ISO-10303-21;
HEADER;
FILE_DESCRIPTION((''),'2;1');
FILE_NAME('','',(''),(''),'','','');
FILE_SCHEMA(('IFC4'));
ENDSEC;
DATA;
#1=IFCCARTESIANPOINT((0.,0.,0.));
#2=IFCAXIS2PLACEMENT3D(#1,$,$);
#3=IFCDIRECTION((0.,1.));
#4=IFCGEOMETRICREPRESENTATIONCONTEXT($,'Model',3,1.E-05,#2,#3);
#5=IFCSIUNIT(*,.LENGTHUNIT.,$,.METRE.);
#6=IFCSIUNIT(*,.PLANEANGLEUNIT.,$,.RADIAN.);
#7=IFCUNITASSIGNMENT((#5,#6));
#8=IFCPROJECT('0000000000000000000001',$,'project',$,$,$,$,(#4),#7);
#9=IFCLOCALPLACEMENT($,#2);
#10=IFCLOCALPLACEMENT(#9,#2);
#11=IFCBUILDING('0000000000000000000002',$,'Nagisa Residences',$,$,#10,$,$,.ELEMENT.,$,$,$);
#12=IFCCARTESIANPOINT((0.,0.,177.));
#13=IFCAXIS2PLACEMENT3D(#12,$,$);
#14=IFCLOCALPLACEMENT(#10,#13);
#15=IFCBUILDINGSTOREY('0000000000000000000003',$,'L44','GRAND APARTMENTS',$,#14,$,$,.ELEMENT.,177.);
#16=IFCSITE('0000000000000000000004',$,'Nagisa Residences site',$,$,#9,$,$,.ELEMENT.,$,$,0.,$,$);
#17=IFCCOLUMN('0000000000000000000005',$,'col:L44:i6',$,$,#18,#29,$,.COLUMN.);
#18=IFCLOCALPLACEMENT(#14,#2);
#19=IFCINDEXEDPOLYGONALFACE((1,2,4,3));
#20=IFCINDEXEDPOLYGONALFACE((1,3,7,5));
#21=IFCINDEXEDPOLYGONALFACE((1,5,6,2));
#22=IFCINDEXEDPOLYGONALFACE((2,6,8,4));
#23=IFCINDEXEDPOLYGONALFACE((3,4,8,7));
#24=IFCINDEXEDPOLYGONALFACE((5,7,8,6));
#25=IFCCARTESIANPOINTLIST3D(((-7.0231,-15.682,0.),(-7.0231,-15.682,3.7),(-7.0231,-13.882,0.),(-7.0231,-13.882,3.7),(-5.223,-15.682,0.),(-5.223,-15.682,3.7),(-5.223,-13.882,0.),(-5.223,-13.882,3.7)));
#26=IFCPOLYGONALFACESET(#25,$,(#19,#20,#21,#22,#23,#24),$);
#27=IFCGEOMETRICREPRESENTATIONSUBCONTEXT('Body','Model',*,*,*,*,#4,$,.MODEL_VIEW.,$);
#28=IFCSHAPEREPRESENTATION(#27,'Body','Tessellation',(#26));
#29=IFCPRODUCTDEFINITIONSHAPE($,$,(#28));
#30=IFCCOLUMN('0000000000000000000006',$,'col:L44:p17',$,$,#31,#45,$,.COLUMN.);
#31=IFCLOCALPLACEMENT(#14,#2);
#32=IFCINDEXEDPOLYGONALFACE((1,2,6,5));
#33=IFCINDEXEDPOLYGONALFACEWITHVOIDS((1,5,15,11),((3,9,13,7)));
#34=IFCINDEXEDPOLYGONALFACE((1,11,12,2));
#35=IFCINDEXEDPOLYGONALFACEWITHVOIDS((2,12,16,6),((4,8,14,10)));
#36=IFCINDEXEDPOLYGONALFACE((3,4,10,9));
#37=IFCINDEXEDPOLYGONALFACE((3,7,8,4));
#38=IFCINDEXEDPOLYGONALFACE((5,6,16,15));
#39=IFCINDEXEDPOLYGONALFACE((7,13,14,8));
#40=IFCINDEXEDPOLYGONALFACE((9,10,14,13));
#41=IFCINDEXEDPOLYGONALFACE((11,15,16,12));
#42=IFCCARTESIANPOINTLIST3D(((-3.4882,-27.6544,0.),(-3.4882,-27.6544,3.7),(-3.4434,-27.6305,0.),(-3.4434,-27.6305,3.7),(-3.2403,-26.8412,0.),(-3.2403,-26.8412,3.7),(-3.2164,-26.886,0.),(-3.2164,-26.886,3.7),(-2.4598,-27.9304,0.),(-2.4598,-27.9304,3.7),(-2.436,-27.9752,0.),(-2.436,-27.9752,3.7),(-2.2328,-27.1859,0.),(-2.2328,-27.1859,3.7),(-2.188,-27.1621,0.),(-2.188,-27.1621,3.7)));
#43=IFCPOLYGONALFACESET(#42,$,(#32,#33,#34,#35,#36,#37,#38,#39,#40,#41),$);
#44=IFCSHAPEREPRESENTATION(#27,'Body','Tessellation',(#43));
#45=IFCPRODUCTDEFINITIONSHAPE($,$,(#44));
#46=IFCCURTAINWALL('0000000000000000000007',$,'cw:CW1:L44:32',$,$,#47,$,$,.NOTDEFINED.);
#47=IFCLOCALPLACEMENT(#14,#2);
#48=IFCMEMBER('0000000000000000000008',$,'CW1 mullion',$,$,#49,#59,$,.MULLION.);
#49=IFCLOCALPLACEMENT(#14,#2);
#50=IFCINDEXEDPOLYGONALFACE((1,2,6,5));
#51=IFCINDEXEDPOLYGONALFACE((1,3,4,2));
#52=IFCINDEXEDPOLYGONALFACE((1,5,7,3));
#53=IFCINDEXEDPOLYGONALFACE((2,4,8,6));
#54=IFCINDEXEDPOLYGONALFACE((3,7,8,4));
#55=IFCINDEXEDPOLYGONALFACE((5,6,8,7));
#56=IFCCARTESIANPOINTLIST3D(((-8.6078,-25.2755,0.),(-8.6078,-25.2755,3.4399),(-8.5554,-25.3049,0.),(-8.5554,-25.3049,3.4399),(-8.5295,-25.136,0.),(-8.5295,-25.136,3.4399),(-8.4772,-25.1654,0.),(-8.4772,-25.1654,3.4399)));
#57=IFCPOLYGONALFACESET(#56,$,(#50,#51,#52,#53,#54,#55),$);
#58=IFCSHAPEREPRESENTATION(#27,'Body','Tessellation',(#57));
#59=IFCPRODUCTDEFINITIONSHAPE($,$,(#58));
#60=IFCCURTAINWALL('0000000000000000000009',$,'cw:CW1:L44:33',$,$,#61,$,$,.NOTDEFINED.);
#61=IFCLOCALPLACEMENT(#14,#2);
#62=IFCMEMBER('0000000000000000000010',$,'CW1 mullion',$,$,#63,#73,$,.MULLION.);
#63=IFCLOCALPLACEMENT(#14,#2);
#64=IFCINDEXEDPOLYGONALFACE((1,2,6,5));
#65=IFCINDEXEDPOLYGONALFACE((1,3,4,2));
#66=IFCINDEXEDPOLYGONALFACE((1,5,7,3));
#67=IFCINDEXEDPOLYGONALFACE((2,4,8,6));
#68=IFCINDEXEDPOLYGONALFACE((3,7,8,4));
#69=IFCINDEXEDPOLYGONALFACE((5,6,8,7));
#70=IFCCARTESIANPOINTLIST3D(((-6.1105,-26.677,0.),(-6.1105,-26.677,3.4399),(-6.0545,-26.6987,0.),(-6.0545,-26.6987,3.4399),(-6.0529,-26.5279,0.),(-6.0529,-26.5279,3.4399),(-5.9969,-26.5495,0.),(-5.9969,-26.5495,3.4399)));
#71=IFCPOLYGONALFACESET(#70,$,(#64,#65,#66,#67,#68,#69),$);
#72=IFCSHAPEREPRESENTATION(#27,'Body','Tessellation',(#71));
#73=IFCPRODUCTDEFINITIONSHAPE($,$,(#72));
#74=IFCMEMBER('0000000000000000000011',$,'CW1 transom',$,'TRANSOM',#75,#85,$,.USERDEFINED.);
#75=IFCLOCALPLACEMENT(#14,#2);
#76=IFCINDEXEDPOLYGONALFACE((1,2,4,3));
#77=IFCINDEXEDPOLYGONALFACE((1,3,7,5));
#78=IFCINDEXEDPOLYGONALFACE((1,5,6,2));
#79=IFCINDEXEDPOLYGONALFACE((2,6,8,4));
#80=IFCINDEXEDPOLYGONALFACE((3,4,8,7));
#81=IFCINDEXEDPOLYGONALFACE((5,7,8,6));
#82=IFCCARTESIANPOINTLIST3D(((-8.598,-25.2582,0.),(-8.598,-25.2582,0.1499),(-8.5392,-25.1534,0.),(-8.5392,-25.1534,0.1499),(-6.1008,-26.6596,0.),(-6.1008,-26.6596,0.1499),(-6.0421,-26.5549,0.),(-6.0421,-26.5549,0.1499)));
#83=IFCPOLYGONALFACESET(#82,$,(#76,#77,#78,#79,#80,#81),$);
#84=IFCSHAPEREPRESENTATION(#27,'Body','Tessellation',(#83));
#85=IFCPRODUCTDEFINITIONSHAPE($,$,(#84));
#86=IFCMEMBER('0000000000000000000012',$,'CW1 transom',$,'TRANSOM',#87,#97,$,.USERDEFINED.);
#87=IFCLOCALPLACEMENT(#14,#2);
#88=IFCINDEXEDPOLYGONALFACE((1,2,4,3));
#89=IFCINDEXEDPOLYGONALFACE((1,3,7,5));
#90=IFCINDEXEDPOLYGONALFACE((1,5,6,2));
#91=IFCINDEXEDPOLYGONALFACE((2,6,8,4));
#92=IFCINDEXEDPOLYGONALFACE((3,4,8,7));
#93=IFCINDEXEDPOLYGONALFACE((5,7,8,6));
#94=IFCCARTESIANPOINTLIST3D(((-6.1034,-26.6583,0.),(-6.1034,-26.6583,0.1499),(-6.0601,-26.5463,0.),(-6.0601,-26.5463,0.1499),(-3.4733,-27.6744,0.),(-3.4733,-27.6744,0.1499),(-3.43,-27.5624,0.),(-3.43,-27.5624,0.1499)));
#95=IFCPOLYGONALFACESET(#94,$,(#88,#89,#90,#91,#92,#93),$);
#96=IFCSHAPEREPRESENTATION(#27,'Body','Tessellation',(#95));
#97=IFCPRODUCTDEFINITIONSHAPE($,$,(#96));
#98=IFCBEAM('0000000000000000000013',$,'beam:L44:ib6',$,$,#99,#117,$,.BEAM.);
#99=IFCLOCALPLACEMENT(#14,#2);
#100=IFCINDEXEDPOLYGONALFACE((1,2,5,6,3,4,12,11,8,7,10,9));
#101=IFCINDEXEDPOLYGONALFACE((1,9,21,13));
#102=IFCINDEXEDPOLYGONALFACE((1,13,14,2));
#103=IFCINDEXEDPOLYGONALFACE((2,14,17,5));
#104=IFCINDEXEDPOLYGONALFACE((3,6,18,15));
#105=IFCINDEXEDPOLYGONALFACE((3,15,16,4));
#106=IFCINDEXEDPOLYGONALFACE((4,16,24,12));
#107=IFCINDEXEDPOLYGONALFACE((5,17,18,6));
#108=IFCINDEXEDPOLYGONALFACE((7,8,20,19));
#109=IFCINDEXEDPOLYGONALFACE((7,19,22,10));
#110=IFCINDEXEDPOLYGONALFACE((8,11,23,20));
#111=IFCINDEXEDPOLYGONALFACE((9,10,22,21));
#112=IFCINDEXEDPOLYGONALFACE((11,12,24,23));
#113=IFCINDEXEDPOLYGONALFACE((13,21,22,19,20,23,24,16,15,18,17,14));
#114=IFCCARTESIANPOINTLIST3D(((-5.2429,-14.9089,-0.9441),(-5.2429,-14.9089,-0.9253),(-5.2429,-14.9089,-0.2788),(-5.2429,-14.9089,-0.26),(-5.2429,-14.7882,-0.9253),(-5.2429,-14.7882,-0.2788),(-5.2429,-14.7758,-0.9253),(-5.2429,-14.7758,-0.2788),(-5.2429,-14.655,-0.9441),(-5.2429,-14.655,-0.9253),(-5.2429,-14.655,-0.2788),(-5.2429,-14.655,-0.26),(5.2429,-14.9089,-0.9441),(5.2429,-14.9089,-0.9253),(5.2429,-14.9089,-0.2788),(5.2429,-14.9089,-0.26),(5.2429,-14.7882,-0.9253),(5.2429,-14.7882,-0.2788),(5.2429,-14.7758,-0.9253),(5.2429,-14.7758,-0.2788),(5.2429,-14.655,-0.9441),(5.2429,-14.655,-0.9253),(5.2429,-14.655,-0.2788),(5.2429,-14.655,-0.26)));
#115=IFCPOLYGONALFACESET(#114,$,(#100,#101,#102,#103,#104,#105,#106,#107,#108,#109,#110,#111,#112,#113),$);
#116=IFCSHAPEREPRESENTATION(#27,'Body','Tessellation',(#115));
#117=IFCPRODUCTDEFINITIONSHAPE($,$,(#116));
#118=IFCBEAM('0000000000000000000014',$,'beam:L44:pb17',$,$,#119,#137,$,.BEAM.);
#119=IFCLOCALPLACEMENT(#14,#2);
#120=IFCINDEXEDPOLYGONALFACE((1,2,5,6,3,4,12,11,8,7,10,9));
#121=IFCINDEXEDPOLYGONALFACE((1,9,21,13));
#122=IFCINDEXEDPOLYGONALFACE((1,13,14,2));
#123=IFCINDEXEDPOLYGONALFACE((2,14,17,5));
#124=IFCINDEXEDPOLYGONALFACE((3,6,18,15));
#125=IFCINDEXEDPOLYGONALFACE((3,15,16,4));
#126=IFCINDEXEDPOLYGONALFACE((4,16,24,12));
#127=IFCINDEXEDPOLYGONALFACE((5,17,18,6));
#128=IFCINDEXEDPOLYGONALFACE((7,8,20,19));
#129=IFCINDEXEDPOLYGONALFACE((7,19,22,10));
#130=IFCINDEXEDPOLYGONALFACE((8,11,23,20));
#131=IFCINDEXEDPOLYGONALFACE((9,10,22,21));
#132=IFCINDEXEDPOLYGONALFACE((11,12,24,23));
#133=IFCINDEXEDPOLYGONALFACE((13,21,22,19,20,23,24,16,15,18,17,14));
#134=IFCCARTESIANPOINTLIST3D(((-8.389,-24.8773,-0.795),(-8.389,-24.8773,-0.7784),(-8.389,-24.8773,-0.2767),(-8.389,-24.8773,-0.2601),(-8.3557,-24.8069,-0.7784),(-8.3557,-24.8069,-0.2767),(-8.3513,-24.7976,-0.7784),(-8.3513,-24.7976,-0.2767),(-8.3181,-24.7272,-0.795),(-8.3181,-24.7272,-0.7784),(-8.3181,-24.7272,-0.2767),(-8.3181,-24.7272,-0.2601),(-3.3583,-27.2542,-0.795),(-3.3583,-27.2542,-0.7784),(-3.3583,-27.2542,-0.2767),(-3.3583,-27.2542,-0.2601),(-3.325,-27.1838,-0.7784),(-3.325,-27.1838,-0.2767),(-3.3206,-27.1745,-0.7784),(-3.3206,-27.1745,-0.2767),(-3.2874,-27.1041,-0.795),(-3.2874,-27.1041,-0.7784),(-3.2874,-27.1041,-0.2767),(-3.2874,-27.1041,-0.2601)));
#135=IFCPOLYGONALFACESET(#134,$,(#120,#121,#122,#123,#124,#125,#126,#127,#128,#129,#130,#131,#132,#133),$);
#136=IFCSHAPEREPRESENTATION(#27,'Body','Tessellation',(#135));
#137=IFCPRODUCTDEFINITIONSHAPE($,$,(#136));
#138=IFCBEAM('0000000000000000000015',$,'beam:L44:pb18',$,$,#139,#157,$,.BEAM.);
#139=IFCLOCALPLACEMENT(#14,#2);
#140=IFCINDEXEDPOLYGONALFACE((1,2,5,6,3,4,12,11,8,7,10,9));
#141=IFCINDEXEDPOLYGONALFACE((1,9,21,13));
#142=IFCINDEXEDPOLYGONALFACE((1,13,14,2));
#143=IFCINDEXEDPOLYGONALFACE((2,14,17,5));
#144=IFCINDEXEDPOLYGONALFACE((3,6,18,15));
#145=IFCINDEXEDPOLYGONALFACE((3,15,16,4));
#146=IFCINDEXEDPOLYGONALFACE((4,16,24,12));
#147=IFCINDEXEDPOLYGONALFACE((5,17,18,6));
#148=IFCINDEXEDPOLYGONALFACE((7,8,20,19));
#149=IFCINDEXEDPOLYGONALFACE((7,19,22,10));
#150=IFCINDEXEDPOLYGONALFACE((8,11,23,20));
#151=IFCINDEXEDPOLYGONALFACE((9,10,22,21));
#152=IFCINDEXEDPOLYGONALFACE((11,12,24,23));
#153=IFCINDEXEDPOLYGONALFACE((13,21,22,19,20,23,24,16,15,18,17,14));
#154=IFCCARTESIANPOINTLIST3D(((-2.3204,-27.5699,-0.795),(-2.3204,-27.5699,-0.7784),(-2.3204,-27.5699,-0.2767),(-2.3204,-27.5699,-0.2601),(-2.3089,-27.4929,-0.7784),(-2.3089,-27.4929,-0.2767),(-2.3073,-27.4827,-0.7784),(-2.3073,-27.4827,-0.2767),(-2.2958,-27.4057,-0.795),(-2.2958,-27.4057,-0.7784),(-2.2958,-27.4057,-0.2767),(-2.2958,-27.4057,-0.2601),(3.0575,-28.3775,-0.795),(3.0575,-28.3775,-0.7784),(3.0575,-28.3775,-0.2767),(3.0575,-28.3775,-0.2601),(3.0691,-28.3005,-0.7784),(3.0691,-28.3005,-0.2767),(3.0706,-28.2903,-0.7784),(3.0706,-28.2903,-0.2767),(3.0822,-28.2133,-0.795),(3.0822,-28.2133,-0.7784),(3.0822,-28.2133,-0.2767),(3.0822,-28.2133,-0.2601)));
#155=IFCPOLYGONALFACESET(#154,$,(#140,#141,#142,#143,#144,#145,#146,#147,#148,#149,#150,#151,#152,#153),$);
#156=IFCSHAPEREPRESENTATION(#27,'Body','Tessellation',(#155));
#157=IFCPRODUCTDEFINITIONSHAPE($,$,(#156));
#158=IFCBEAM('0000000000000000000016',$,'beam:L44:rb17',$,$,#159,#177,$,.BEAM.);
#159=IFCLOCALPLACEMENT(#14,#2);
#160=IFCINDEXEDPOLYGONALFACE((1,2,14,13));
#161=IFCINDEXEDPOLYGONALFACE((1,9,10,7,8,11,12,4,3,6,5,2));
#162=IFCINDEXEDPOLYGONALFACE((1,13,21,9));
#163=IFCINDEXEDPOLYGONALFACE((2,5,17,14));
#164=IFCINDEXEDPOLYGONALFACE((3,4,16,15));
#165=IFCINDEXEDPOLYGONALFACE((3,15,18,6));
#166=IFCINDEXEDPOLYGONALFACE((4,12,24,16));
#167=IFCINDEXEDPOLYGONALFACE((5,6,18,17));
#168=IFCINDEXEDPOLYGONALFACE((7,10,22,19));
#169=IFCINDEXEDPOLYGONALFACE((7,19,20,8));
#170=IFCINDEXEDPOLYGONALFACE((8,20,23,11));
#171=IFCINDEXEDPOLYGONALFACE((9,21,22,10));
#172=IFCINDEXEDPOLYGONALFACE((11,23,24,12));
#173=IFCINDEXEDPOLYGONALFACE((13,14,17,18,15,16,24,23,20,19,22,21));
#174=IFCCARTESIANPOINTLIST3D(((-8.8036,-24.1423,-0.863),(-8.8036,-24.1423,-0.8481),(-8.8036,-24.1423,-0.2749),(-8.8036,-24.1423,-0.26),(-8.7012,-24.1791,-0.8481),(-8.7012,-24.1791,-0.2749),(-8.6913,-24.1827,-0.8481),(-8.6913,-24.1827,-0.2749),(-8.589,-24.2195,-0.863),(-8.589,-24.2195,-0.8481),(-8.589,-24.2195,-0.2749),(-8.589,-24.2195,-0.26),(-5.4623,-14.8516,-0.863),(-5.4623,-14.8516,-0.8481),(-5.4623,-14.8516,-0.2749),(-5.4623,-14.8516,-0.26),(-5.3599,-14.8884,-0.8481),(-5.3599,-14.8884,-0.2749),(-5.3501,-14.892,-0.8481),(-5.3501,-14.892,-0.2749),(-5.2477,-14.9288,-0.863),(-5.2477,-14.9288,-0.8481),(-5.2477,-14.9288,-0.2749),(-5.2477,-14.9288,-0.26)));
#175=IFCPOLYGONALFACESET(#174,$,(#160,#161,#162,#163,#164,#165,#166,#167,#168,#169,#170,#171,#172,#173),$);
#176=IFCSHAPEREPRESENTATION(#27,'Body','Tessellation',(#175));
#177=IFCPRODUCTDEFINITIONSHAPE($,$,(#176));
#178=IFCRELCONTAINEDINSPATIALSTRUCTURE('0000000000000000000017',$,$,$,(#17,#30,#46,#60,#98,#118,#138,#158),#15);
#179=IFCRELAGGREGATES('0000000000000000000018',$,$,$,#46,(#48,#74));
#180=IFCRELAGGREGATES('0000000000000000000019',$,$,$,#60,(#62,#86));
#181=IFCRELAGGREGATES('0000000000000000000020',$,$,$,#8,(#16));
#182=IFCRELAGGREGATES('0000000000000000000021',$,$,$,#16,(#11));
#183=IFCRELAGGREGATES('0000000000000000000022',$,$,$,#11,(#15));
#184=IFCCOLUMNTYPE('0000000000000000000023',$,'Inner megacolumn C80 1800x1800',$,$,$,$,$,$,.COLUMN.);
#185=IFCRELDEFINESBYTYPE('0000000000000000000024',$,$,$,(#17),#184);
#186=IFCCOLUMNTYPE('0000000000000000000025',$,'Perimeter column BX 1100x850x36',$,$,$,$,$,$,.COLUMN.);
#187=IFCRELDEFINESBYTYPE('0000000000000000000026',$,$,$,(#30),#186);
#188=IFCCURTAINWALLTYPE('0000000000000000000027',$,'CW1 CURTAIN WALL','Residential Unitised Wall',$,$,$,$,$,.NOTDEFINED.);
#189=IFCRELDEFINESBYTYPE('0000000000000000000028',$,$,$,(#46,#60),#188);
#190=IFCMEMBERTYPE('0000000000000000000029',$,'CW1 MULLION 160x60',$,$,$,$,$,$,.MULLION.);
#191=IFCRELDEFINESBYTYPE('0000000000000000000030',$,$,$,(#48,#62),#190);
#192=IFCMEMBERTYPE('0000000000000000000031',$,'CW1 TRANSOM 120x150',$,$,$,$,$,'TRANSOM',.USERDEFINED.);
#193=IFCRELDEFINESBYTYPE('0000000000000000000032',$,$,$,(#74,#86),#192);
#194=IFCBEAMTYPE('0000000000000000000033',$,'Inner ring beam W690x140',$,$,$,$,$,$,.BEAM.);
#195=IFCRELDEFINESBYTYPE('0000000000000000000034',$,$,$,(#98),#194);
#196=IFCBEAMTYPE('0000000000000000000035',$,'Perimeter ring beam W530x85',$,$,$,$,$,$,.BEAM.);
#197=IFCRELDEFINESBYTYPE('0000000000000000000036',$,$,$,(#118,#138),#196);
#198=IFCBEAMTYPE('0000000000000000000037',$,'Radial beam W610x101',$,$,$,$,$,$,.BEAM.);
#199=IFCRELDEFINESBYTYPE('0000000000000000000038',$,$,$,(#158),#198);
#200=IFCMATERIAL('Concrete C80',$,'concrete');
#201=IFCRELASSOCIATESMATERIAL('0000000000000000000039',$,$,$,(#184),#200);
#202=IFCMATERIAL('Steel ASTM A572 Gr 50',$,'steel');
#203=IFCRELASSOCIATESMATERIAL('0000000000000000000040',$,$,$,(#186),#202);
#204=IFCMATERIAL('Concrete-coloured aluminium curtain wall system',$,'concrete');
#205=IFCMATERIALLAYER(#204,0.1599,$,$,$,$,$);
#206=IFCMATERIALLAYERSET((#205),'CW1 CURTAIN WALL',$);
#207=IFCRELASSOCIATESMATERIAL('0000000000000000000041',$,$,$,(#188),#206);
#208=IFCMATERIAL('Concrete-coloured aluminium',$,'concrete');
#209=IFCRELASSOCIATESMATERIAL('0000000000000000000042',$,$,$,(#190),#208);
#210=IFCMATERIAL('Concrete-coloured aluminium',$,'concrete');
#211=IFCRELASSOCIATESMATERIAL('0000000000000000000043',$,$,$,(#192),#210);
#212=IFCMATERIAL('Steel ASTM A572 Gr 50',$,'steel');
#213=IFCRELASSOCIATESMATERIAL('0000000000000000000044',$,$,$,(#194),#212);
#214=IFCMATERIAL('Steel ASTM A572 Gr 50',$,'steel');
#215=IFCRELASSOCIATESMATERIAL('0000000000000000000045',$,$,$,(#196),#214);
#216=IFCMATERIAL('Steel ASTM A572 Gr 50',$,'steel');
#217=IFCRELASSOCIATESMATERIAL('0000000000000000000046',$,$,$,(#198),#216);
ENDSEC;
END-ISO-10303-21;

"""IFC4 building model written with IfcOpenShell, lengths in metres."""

from ifc_helpers import new_model, si_unit, direction, frame, origin, origin_2d, place, context, subcontext, project, spatial, rectangle, hollow_rectangle, i_section, extrude, material, layer, layer_set, material_profile, profile_set, type_object, element, aggregate, save


model = new_model("IFC4")

# Units and contexts
model_context = context("Model", 3, precision=1e-05, world=origin(), true_north=direction((0.0, 1.0)))
body_context = subcontext(model_context, "Body", "Model", "MODEL_VIEW")
ifc_project = project(units=[si_unit("LENGTHUNIT", "METRE"), si_unit("PLANEANGLEUNIT", "RADIAN")], contexts=[model_context])

# Site, building, storey
site_placement = place(None, origin())
site = spatial("IfcSite", under=ifc_project, at=site_placement, Name="Nagisa Residences site", CompositionType="ELEMENT", RefElevation=0.0)
building_placement = place(site_placement, origin())
building = spatial("IfcBuilding", under=site, at=building_placement, Name="Nagisa Residences", CompositionType="ELEMENT")
storey_placement = place(building_placement, frame((0.0, 0.0, 177.0)))
storey = spatial("IfcBuildingStorey", under=building, at=storey_placement, Name="L44", Description="GRAND APARTMENTS", CompositionType="ELEMENT", Elevation=177.0)

# Columns
ifc_material_1 = material(Name="Concrete C80", Category="concrete")
ifc_material_profile_1 = material_profile(ifc_material_1, rectangle(XDim=1.8, YDim=1.8, at=origin_2d()), Name="C80 1800x1800")
ifc_profile_set_1 = profile_set([ifc_material_profile_1], Name="Concrete C80")
column_type_1 = type_object("IfcColumnType", Name="Inner megacolumn C80 1800x1800", PredefinedType="COLUMN", material=ifc_profile_set_1)
column_1_placement = place(storey_placement, frame((-6.123, -14.782, 0.0), z_axis=(0.0, 0.0, 1.0), x_axis=(1.0, 0.0, 0.0)))
element("IfcColumn", 1, at=column_1_placement, inside=storey, type_object=column_type_1, Name="col:L44:i6", PredefinedType="COLUMN", context=body_context, shape_type="SweptSolid", body=[
    extrude(rectangle(XDim=1.8, YDim=1.8, at=origin_2d()), origin(), (0.0, 0.0, 1.0), 3.7),
])
ifc_material_2 = material(Name="Steel ASTM A572 Gr 50", Category="steel")
ifc_material_profile_2 = material_profile(ifc_material_2, hollow_rectangle(XDim=1.1001, YDim=0.8501, WallThickness=0.0359, at=origin_2d()), Name="BX 1100x850x36")
ifc_profile_set_2 = profile_set([ifc_material_profile_2], Name="Steel ASTM A572 Gr 50")
column_type_2 = type_object("IfcColumnType", Name="Perimeter column BX 1100x850x36", PredefinedType="COLUMN", material=ifc_profile_set_2)
column_2_placement = place(storey_placement, frame((-2.8381, -27.4082, 0.0), z_axis=(0.0, 0.0, 1.0), x_axis=(0.956525, -0.291652, 0.0)))
element("IfcColumn", 2, at=column_2_placement, inside=storey, type_object=column_type_2, Name="col:L44:p17", PredefinedType="COLUMN", context=body_context, shape_type="SweptSolid", body=[
    extrude(hollow_rectangle(XDim=1.1001, YDim=0.8501, WallThickness=0.0359, at=origin_2d()), origin(), (0.0, 0.0, 1.0), 3.7),
])

# Curtain walls, members
ifc_material_3 = material(Name="Concrete-coloured aluminium curtain wall system", Category="concrete")
ifc_layer_1 = layer(ifc_material_3, 0.1599)
ifc_layer_set_1 = layer_set([ifc_layer_1], Name="CW1 CURTAIN WALL")
curtain_wall_type = type_object("IfcCurtainWallType", Name="CW1 CURTAIN WALL", Description="Residential Unitised Wall", PredefinedType="NOTDEFINED", material=ifc_layer_set_1)
curtain_wall_1_placement = place(storey_placement, origin())
curtain_wall_1 = element("IfcCurtainWall", 3, at=curtain_wall_1_placement, inside=storey, type_object=curtain_wall_type, Name="cw:CW1:L44:32", PredefinedType="NOTDEFINED")
ifc_material_4 = material(Name="Concrete-coloured aluminium", Category="concrete")
ifc_material_profile_3 = material_profile(ifc_material_4, rectangle(XDim=0.1599, YDim=0.0601, at=origin_2d()), Name="CW1 MULLION 160x60")
ifc_profile_set_3 = profile_set([ifc_material_profile_3], Name="Concrete-coloured aluminium")
member_type_1 = type_object("IfcMemberType", Name="CW1 MULLION 160x60", PredefinedType="MULLION", material=ifc_profile_set_3)
member_1_placement = place(storey_placement, frame((-8.5425, -25.2205, 0.0), z_axis=(0.0, 0.0, 1.0), x_axis=(0.489377, 0.872072, 0.0)))
member_1 = element("IfcMember", 4, at=member_1_placement, type_object=member_type_1, Name="CW1 mullion", PredefinedType="MULLION", context=body_context, shape_type="SweptSolid", body=[
    extrude(rectangle(XDim=0.1599, YDim=0.0601, at=origin_2d()), origin(), (0.0, 0.0, 1.0), 3.4399),
])
curtain_wall_2_placement = place(storey_placement, origin())
curtain_wall_2 = element("IfcCurtainWall", 5, at=curtain_wall_2_placement, inside=storey, type_object=curtain_wall_type, Name="cw:CW1:L44:33", PredefinedType="NOTDEFINED")
member_2_placement = place(storey_placement, frame((-6.0537, -26.6133, 0.0), z_axis=(0.0, 0.0, 1.0), x_axis=(0.360328, 0.932826, 0.0)))
member_2 = element("IfcMember", 6, at=member_2_placement, type_object=member_type_1, Name="CW1 mullion", PredefinedType="MULLION", context=body_context, shape_type="SweptSolid", body=[
    extrude(rectangle(XDim=0.1599, YDim=0.0601, at=origin_2d()), origin(), (0.0, 0.0, 1.0), 3.4399),
])

# Members
ifc_material_5 = material(Name="Concrete-coloured aluminium", Category="concrete")
ifc_material_profile_4 = material_profile(ifc_material_5, rectangle(XDim=0.1201, YDim=0.1499, at=origin_2d()), Name="CW1 TRANSOM 120x150")
ifc_profile_set_4 = profile_set([ifc_material_profile_4], Name="Concrete-coloured aluminium")
member_type_2 = type_object("IfcMemberType", Name="CW1 TRANSOM 120x150", ElementType="TRANSOM", PredefinedType="USERDEFINED", material=ifc_profile_set_4)
member_3_placement = place(storey_placement, frame((-8.5686, -25.2058, 0.075), z_axis=(0.872058, -0.489403, 0.0), x_axis=(0.489403, 0.872058, 0.0)))
member_3 = element("IfcMember", 7, at=member_3_placement, type_object=member_type_2, Name="CW1 transom", ObjectType="TRANSOM", PredefinedType="USERDEFINED", context=body_context, shape_type="SweptSolid", body=[
    extrude(rectangle(XDim=0.1201, YDim=0.1499, at=origin_2d()), origin(), (0.0, 0.0, 1.0), 2.8635),
])
member_4_placement = place(storey_placement, frame((-6.0818, -26.6023, 0.075), z_axis=(0.932807, -0.360377, 0.0), x_axis=(0.360377, 0.932807, 0.0)))
member_4 = element("IfcMember", 8, at=member_4_placement, type_object=member_type_2, Name="CW1 transom", ObjectType="TRANSOM", PredefinedType="USERDEFINED", context=body_context, shape_type="SweptSolid", body=[
    extrude(rectangle(XDim=0.1201, YDim=0.1499, at=origin_2d()), origin(), (0.0, 0.0, 1.0), 2.8196),
])

# Beams
ifc_material_6 = material(Name="Steel ASTM A572 Gr 50", Category="steel")
ifc_material_profile_5 = material_profile(ifc_material_6, i_section(OverallWidth=0.2539, OverallDepth=0.6841, WebThickness=0.0125, FlangeThickness=0.0188, at=origin_2d()), Name="W690x140")
ifc_profile_set_5 = profile_set([ifc_material_profile_5], Name="Steel ASTM A572 Gr 50")
beam_type_1 = type_object("IfcBeamType", Name="Inner ring beam W690x140", PredefinedType="BEAM", material=ifc_profile_set_5)
beam_1_placement = place(storey_placement, frame((-5.2429, -14.782, -0.6021), z_axis=(1.0, 0.0, 0.0), x_axis=(0.0, 1.0, 0.0)))
element("IfcBeam", 9, at=beam_1_placement, inside=storey, type_object=beam_type_1, Name="beam:L44:ib6", PredefinedType="BEAM", context=body_context, shape_type="SweptSolid", body=[
    extrude(i_section(OverallWidth=0.2539, OverallDepth=0.6841, WebThickness=0.0125, FlangeThickness=0.0188, at=origin_2d()), origin(), (0.0, 0.0, 1.0), 10.4858),
])
ifc_material_7 = material(Name="Steel ASTM A572 Gr 50", Category="steel")
ifc_material_profile_6 = material_profile(ifc_material_7, i_section(OverallWidth=0.166, OverallDepth=0.5349, WebThickness=0.0103, FlangeThickness=0.0166, at=origin_2d()), Name="W530x85")
ifc_profile_set_6 = profile_set([ifc_material_profile_6], Name="Steel ASTM A572 Gr 50")
beam_type_2 = type_object("IfcBeamType", Name="Perimeter ring beam W530x85", PredefinedType="BEAM", material=ifc_profile_set_6)
beam_2_placement = place(storey_placement, frame((-8.3535, -24.8022, -0.5276), z_axis=(0.904157, -0.4272, 0.0), x_axis=(0.4272, 0.904157, 0.0)))
element("IfcBeam", 10, at=beam_2_placement, inside=storey, type_object=beam_type_2, Name="beam:L44:pb17", PredefinedType="BEAM", context=body_context, shape_type="SweptSolid", body=[
    extrude(i_section(OverallWidth=0.166, OverallDepth=0.5349, WebThickness=0.0103, FlangeThickness=0.0166, at=origin_2d()), origin(), (0.0, 0.0, 1.0), 5.564),
])
beam_3_placement = place(storey_placement, frame((-2.3081, -27.4878, -0.5276), z_axis=(0.988911, -0.148507, 0.0), x_axis=(0.148507, 0.988911, 0.0)))
element("IfcBeam", 11, at=beam_3_placement, inside=storey, type_object=beam_type_2, Name="beam:L44:pb18", PredefinedType="BEAM", context=body_context, shape_type="SweptSolid", body=[
    extrude(i_section(OverallWidth=0.166, OverallDepth=0.5349, WebThickness=0.0103, FlangeThickness=0.0166, at=origin_2d()), origin(), (0.0, 0.0, 1.0), 5.4382),
])
ifc_material_8 = material(Name="Steel ASTM A572 Gr 50", Category="steel")
ifc_material_profile_7 = material_profile(ifc_material_8, i_section(OverallWidth=0.228, OverallDepth=0.603, WebThickness=0.0105, FlangeThickness=0.0149, at=origin_2d()), Name="W610x101")
ifc_profile_set_7 = profile_set([ifc_material_profile_7], Name="Steel ASTM A572 Gr 50")
beam_type_3 = type_object("IfcBeamType", Name="Radial beam W610x101", PredefinedType="BEAM", material=ifc_profile_set_7)
beam_4_placement = place(storey_placement, frame((-8.6963, -24.1809, -0.5615), z_axis=(0.338417, 0.940996, 0.0), x_axis=(-0.940996, 0.338417, 0.0)))
element("IfcBeam", 12, at=beam_4_placement, inside=storey, type_object=beam_type_3, Name="beam:L44:rb17", PredefinedType="BEAM", context=body_context, shape_type="SweptSolid", body=[
    extrude(i_section(OverallWidth=0.228, OverallDepth=0.603, WebThickness=0.0105, FlangeThickness=0.0149, at=origin_2d()), origin(), (0.0, 0.0, 1.0), 9.8733),
])

aggregate(curtain_wall_1, [member_1, member_3])
aggregate(curtain_wall_2, [member_2, member_4])

save(model, "model.ifc")
